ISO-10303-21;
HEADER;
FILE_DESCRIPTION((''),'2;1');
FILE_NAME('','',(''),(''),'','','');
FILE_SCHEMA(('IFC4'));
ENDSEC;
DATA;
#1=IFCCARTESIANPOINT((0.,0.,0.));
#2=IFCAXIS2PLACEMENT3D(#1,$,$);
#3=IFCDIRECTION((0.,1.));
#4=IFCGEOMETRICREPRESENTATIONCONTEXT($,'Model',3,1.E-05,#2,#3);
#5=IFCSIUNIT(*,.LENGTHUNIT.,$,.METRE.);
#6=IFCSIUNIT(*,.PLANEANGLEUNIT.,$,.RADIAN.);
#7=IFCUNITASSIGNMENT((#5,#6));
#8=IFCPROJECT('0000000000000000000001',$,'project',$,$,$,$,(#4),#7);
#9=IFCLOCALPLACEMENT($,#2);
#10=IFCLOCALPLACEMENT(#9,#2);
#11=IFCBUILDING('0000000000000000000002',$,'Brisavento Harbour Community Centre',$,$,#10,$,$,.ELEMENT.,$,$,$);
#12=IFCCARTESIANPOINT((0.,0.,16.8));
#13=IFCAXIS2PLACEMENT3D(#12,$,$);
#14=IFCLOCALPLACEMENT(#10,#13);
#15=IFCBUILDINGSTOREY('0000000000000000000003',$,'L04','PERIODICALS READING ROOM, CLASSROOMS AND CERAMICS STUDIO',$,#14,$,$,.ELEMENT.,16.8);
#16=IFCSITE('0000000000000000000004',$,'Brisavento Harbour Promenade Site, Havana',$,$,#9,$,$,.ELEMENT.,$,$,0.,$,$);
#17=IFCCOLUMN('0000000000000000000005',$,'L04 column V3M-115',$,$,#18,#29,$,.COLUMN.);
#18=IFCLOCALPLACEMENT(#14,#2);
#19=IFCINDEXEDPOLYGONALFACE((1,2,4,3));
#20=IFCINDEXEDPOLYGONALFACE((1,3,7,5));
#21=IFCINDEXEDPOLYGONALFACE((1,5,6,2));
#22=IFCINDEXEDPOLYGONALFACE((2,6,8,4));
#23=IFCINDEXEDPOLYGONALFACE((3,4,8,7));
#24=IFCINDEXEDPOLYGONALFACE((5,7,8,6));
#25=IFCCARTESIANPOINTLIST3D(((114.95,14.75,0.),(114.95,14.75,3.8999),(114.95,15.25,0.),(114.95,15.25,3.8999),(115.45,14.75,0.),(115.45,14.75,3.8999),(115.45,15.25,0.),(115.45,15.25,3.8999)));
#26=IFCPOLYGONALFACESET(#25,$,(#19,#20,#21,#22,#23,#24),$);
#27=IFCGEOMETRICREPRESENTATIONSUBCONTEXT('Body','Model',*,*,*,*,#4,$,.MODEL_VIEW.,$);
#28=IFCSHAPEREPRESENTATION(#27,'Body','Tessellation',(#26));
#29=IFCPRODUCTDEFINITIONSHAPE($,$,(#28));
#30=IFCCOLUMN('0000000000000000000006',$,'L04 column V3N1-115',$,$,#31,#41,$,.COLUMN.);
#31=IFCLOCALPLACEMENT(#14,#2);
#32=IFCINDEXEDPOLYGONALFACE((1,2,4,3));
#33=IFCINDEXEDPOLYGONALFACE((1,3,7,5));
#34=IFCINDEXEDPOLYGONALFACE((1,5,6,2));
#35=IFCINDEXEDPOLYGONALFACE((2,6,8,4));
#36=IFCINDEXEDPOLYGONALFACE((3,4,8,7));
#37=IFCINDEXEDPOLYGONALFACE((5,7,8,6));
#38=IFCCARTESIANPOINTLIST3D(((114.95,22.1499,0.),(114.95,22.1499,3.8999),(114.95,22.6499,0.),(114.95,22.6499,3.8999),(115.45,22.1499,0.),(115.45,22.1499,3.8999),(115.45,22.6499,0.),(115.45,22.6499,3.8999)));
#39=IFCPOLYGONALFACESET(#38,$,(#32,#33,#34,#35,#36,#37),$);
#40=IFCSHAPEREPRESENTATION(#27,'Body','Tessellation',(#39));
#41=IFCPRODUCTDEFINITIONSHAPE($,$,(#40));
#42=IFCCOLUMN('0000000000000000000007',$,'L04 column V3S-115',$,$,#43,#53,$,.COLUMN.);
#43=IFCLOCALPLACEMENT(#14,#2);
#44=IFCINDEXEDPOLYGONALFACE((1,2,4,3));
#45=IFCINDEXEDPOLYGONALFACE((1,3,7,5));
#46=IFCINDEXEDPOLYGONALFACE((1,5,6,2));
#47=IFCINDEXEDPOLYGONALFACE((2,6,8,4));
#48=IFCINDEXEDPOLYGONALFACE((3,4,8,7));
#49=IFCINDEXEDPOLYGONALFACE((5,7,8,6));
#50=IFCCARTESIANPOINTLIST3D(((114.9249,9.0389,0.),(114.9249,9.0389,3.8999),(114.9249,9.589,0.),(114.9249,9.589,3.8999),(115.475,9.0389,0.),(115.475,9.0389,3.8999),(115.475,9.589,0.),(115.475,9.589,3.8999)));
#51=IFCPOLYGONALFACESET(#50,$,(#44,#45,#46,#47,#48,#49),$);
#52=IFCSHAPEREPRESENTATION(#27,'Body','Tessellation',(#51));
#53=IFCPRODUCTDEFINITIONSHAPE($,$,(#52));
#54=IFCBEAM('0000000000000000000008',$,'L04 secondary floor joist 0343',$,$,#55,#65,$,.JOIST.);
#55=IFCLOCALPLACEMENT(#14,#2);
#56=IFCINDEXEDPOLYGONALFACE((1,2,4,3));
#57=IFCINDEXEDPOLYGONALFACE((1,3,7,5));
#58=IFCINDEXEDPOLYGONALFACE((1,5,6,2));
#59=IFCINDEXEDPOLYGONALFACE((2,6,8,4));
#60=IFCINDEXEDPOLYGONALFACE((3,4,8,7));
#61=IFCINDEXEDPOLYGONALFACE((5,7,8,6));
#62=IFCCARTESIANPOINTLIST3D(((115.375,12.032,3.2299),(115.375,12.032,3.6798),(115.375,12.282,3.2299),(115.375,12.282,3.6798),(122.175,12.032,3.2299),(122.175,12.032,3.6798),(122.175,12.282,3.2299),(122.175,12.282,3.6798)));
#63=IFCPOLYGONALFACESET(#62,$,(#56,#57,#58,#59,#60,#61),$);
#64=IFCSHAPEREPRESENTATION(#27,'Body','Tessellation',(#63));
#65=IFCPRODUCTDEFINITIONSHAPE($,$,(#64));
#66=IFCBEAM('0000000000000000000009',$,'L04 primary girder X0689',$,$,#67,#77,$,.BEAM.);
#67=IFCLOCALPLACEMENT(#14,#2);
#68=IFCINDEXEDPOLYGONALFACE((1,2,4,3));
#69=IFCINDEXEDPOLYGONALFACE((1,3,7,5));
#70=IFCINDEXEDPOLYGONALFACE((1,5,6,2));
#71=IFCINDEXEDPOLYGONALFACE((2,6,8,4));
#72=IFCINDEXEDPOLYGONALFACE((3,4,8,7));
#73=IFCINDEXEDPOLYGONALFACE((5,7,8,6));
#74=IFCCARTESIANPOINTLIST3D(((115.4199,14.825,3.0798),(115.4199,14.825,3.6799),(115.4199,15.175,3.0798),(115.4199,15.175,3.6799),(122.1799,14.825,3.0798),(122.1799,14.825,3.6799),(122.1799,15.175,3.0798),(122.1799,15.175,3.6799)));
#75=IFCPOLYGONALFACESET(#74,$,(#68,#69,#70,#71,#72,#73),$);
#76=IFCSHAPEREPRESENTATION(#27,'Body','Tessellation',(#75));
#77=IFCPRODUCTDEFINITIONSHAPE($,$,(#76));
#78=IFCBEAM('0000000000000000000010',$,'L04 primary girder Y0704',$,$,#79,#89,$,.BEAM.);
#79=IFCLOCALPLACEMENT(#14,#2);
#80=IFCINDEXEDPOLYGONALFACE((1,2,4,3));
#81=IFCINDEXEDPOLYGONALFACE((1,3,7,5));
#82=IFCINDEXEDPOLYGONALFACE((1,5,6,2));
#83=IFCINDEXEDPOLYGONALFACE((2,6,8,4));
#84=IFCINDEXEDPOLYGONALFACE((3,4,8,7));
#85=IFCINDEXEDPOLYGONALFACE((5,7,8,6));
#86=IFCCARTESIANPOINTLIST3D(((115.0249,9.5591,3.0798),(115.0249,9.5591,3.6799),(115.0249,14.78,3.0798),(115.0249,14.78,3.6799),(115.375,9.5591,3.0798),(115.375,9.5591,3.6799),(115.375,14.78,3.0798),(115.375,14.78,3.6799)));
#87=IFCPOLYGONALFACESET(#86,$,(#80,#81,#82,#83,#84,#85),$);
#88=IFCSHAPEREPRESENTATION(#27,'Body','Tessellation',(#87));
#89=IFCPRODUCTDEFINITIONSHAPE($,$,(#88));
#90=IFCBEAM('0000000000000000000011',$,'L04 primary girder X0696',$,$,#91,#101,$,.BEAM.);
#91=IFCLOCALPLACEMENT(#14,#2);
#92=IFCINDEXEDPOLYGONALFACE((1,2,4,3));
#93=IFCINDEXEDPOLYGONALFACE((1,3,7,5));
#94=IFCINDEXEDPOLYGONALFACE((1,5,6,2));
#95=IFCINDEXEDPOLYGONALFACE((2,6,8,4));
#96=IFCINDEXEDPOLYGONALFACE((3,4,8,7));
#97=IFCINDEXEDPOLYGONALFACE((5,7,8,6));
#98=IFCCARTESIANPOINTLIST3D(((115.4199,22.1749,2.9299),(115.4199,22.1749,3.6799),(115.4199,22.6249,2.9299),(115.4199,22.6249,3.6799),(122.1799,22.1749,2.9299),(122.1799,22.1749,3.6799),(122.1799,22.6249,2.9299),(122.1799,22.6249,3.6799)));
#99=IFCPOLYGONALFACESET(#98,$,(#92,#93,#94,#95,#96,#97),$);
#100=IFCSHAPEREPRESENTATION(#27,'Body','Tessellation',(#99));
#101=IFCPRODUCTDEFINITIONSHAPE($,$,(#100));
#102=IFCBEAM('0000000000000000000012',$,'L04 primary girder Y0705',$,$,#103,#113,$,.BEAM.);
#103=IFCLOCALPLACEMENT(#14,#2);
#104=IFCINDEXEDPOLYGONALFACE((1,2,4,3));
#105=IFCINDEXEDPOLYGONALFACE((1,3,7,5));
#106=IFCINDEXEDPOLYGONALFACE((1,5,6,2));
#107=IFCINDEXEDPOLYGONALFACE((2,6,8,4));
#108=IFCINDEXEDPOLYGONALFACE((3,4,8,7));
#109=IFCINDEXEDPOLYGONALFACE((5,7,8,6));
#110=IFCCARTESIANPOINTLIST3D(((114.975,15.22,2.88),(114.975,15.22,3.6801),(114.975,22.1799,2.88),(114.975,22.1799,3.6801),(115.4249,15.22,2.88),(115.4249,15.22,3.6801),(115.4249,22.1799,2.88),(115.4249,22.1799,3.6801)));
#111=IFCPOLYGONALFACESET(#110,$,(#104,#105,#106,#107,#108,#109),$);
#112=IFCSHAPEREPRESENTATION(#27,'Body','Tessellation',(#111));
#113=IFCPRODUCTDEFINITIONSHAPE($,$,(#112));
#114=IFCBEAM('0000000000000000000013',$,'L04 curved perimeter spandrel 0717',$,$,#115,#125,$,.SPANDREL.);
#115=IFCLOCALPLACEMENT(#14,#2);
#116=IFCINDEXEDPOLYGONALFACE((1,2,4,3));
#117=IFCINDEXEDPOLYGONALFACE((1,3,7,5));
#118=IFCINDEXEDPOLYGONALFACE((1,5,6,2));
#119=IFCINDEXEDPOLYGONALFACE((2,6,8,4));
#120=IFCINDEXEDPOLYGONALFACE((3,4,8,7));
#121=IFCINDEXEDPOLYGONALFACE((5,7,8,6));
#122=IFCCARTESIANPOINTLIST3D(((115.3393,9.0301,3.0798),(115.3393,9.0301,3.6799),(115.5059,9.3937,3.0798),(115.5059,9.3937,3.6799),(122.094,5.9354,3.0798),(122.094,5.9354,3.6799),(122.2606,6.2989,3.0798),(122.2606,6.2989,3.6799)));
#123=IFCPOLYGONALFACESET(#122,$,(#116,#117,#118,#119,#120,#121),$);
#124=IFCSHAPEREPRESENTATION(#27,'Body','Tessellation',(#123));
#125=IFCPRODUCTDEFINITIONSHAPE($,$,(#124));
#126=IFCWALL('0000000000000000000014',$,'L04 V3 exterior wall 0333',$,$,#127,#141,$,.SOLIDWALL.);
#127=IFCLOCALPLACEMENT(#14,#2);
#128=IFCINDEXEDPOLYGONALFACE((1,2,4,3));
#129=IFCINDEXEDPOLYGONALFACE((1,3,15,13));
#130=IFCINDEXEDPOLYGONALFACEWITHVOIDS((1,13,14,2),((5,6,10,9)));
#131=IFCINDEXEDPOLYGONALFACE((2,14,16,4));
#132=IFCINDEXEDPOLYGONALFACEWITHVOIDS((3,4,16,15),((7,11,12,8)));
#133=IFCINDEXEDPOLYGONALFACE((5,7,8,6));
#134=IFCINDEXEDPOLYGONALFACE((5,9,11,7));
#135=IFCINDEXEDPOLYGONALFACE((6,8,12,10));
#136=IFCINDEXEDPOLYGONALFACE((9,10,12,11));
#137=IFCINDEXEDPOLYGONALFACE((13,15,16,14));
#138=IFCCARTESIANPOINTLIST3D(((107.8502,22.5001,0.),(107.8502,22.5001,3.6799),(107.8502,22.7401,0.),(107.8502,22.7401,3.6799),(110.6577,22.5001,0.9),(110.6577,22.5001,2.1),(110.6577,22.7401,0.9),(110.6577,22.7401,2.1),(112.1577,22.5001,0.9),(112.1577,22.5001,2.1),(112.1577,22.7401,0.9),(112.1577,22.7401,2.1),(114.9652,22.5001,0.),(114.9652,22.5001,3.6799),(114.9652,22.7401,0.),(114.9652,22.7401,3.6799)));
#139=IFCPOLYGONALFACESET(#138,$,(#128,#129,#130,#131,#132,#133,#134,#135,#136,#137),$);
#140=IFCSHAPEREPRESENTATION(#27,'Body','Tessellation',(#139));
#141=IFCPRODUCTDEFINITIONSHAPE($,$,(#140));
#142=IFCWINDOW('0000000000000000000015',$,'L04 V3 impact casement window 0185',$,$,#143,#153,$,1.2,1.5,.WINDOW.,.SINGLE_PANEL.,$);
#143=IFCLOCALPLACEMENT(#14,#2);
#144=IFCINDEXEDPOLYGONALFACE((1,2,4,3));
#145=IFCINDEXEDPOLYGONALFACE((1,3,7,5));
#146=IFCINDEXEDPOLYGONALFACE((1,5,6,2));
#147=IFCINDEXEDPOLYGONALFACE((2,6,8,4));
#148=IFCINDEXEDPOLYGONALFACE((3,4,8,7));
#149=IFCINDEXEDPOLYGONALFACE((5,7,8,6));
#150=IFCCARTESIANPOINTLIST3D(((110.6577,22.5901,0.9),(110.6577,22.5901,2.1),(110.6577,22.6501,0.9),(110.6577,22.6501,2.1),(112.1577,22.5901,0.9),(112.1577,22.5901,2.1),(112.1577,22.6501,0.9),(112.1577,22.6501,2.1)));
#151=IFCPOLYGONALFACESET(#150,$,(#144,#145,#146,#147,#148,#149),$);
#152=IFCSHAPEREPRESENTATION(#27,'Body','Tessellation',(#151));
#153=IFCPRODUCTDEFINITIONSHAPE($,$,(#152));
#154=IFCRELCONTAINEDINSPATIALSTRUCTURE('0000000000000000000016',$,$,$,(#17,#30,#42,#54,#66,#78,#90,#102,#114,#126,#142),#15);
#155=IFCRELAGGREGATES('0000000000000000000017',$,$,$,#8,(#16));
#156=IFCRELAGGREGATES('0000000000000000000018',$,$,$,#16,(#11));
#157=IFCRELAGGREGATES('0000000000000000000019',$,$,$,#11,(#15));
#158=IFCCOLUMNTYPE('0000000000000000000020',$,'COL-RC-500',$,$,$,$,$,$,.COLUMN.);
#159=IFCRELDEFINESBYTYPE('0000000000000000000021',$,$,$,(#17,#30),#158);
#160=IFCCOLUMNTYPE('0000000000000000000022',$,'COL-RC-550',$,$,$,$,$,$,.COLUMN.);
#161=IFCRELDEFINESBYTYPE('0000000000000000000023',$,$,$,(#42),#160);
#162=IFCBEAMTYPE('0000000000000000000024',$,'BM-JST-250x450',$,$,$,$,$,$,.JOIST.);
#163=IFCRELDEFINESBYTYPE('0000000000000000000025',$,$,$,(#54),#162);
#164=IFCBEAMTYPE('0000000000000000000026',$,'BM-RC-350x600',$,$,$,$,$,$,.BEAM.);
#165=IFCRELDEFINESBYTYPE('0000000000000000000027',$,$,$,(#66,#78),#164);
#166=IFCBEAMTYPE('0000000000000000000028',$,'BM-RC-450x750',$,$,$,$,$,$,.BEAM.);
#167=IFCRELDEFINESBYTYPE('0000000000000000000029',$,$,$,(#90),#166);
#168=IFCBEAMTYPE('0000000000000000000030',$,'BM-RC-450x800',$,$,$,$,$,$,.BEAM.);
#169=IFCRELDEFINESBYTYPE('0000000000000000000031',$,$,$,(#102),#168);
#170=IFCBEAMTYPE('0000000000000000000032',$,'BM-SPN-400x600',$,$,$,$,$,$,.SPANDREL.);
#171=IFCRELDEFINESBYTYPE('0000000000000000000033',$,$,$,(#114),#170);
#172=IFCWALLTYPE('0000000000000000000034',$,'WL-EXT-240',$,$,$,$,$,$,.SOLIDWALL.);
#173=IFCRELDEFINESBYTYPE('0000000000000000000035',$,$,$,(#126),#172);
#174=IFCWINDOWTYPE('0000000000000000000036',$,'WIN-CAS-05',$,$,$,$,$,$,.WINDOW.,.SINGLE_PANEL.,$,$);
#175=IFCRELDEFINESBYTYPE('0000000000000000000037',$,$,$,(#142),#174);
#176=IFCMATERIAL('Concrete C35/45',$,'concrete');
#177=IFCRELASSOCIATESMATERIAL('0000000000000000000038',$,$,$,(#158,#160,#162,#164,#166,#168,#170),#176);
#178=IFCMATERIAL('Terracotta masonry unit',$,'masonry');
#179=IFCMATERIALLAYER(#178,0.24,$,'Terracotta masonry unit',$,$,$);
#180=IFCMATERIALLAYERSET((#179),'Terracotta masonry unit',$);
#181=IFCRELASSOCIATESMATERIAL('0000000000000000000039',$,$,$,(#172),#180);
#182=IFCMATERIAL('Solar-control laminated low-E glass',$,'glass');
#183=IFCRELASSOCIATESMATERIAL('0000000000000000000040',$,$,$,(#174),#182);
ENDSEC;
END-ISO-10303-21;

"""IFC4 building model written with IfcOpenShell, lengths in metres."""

from ifc_helpers import new_model, si_unit, direction, frame, frame_2d, origin, origin_2d, place, context, subcontext, project, spatial, rectangle, extrude, material, layer, layer_set, material_profile, profile_set, type_object, element, fill, save


model = new_model("IFC4")

# Units and contexts
model_context = context("Model", 3, precision=1e-05, world=origin(), true_north=direction((0.0, 1.0)))
body_context = subcontext(model_context, "Body", "Model", "MODEL_VIEW")
ifc_project = project(units=[si_unit("LENGTHUNIT", "METRE"), si_unit("PLANEANGLEUNIT", "RADIAN")], contexts=[model_context])

# Site, building, storey
site_placement = place(None, origin())
site = spatial("IfcSite", under=ifc_project, at=site_placement, Name="Brisavento Harbour Promenade Site, Havana", CompositionType="ELEMENT", RefElevation=0.0)
building_placement = place(site_placement, origin())
building = spatial("IfcBuilding", under=site, at=building_placement, Name="Brisavento Harbour Community Centre", CompositionType="ELEMENT")
storey_placement = place(building_placement, frame((0.0, 0.0, 16.8)))
storey = spatial("IfcBuildingStorey", under=building, at=storey_placement, Name="L04", Description="PERIODICALS READING ROOM, CLASSROOMS AND CERAMICS STUDIO", CompositionType="ELEMENT", Elevation=16.8)

# Columns
ifc_material_1 = material(Name="Concrete C35/45", Category="concrete")
ifc_material_profile_1 = material_profile(ifc_material_1, rectangle(XDim=0.5, YDim=0.5, at=origin_2d()), Name="Concrete C35/45")
ifc_profile_set_1 = profile_set([ifc_material_profile_1], Name="Concrete C35/45")
column_type_1 = type_object("IfcColumnType", Name="COL-RC-500", PredefinedType="COLUMN", material=ifc_profile_set_1)
for number, where, z_axis, x_axis, name in (
    (1, (115.2, 15.0, 0.0), (0.0, 0.0, 1.0), (1.0, 0.0, 0.0), "L04 column V3M-115"),
    (2, (115.2, 22.3999, 0.0), (0.0, 0.0, 1.0), (1.0, 0.0, 0.0), "L04 column V3N1-115"),
):
    element("IfcColumn", number, at=place(storey_placement, frame(where, z_axis=z_axis, x_axis=x_axis)), inside=storey, type_object=column_type_1, Name=name, PredefinedType="COLUMN", context=body_context, shape_type="SweptSolid", body=[
        extrude(rectangle(XDim=0.5, YDim=0.5, at=origin_2d()), origin(), (0.0, 0.0, 1.0), 3.8999),
    ])
ifc_material_profile_2 = material_profile(ifc_material_1, rectangle(XDim=0.55, YDim=0.55, at=origin_2d()), Name="Concrete C35/45")
ifc_profile_set_2 = profile_set([ifc_material_profile_2], Name="Concrete C35/45")
column_type_2 = type_object("IfcColumnType", Name="COL-RC-550", PredefinedType="COLUMN", material=ifc_profile_set_2)
column_placement = place(storey_placement, frame((115.2, 9.314, 0.0), z_axis=(0.0, 0.0, 1.0), x_axis=(1.0, 0.0, 0.0)))
element("IfcColumn", 3, at=column_placement, inside=storey, type_object=column_type_2, Name="L04 column V3S-115", PredefinedType="COLUMN", context=body_context, shape_type="SweptSolid", body=[
    extrude(rectangle(XDim=0.55, YDim=0.55, at=origin_2d()), origin(), (0.0, 0.0, 1.0), 3.8999),
])

# Beams
ifc_material_profile_3 = material_profile(ifc_material_1, rectangle(XDim=0.25, YDim=0.45, at=origin_2d()), Name="Concrete C35/45")
ifc_profile_set_3 = profile_set([ifc_material_profile_3], Name="Concrete C35/45")
beam_type_1 = type_object("IfcBeamType", Name="BM-JST-250x450", PredefinedType="JOIST", material=ifc_profile_set_3)
beam_1_placement = place(storey_placement, frame((115.375, 12.157, 3.4548), z_axis=(1.0, 0.0, 0.0), x_axis=(0.0, 1.0, 0.0)))
element("IfcBeam", 4, at=beam_1_placement, inside=storey, type_object=beam_type_1, Name="L04 secondary floor joist 0343", PredefinedType="JOIST", context=body_context, shape_type="SweptSolid", body=[
    extrude(rectangle(XDim=0.25, YDim=0.45, at=origin_2d()), origin(), (0.0, 0.0, 1.0), 6.8),
])
ifc_material_profile_4 = material_profile(ifc_material_1, rectangle(XDim=0.3501, YDim=0.6001, at=origin_2d()), Name="Concrete C35/45")
ifc_profile_set_4 = profile_set([ifc_material_profile_4], Name="Concrete C35/45")
beam_type_2 = type_object("IfcBeamType", Name="BM-RC-350x600", PredefinedType="BEAM", material=ifc_profile_set_4)
beam_2_placement = place(storey_placement, frame((115.4199, 15.0, 3.3799), z_axis=(1.0, 0.0, 0.0), x_axis=(0.0, 1.0, 0.0)))
element("IfcBeam", 5, at=beam_2_placement, inside=storey, type_object=beam_type_2, Name="L04 primary girder X0689", PredefinedType="BEAM", context=body_context, shape_type="SweptSolid", body=[
    extrude(rectangle(XDim=0.3501, YDim=0.6001, at=origin_2d()), origin(), (0.0, 0.0, 1.0), 6.76),
])
beam_3_placement = place(storey_placement, frame((115.2, 9.5591, 3.3799), z_axis=(0.0, 1.0, 0.0), x_axis=(-1.0, 0.0, 0.0)))
element("IfcBeam", 6, at=beam_3_placement, inside=storey, type_object=beam_type_2, Name="L04 primary girder Y0704", PredefinedType="BEAM", context=body_context, shape_type="SweptSolid", body=[
    extrude(rectangle(XDim=0.3501, YDim=0.6001, at=origin_2d()), origin(), (0.0, 0.0, 1.0), 5.2209),
])
ifc_material_profile_5 = material_profile(ifc_material_1, rectangle(XDim=0.45, YDim=0.75, at=origin_2d()), Name="Concrete C35/45")
ifc_profile_set_5 = profile_set([ifc_material_profile_5], Name="Concrete C35/45")
beam_type_3 = type_object("IfcBeamType", Name="BM-RC-450x750", PredefinedType="BEAM", material=ifc_profile_set_5)
beam_4_placement = place(storey_placement, frame((115.4199, 22.3999, 3.3049), z_axis=(1.0, 0.0, 0.0), x_axis=(0.0, 1.0, 0.0)))
element("IfcBeam", 7, at=beam_4_placement, inside=storey, type_object=beam_type_3, Name="L04 primary girder X0696", PredefinedType="BEAM", context=body_context, shape_type="SweptSolid", body=[
    extrude(rectangle(XDim=0.45, YDim=0.75, at=origin_2d()), origin(), (0.0, 0.0, 1.0), 6.76),
])
ifc_material_profile_6 = material_profile(ifc_material_1, rectangle(XDim=0.45, YDim=0.8, at=origin_2d()), Name="Concrete C35/45")
ifc_profile_set_6 = profile_set([ifc_material_profile_6], Name="Concrete C35/45")
beam_type_4 = type_object("IfcBeamType", Name="BM-RC-450x800", PredefinedType="BEAM", material=ifc_profile_set_6)
beam_5_placement = place(storey_placement, frame((115.2, 15.22, 3.28), z_axis=(0.0, 1.0, 0.0), x_axis=(-1.0, 0.0, 0.0)))
element("IfcBeam", 8, at=beam_5_placement, inside=storey, type_object=beam_type_4, Name="L04 primary girder Y0705", PredefinedType="BEAM", context=body_context, shape_type="SweptSolid", body=[
    extrude(rectangle(XDim=0.45, YDim=0.8, at=origin_2d()), origin(), (0.0, 0.0, 1.0), 6.96),
])
ifc_material_profile_7 = material_profile(ifc_material_1, rectangle(XDim=0.3999, YDim=0.6001, at=origin_2d()), Name="Concrete C35/45")
ifc_profile_set_7 = profile_set([ifc_material_profile_7], Name="Concrete C35/45")
beam_type_5 = type_object("IfcBeamType", Name="BM-SPN-400x600", PredefinedType="SPANDREL", material=ifc_profile_set_7)
beam_6_placement = place(storey_placement, frame((115.4226, 9.2119, 3.3799), z_axis=(0.909123, -0.416527, 0.0), x_axis=(0.416527, 0.909123, 0.0)))
element("IfcBeam", 9, at=beam_6_placement, inside=storey, type_object=beam_type_5, Name="L04 curved perimeter spandrel 0717", PredefinedType="SPANDREL", context=body_context, shape_type="SweptSolid", body=[
    extrude(rectangle(XDim=0.3999, YDim=0.6001, at=origin_2d()), origin(), (0.0, 0.0, 1.0), 7.4299),
])

# Wall, opening, window
ifc_material_2 = material(Name="Terracotta masonry unit", Category="masonry")
ifc_layer_1 = layer(ifc_material_2, 0.24, Name="Terracotta masonry unit")
ifc_layer_set_1 = layer_set([ifc_layer_1], Name="Terracotta masonry unit")
wall_type_1 = type_object("IfcWallType", Name="WL-EXT-240", PredefinedType="SOLIDWALL", material=ifc_layer_set_1)
wall_1_placement = place(storey_placement, frame((107.8501, 22.6201, 0.0), z_axis=(0.0, 0.0, 1.0), x_axis=(1.0, 0.0, 0.0)))
wall_1 = element("IfcWall", 10, at=wall_1_placement, inside=storey, type_object=wall_type_1, Name="L04 V3 exterior wall 0333", PredefinedType="SOLIDWALL", context=body_context, shape_type="SweptSolid", body=[
    extrude(rectangle(XDim=7.115, YDim=0.24, at=frame_2d((3.5576, 0.0))), origin(), (0.0, 0.0, 1.0), 3.6799),
])
opening_1_placement = place(wall_1_placement, frame((2.8076, 0.0, 0.8999)))
opening_1 = element("IfcOpeningElement", 11, at=opening_1_placement, cuts=wall_1, PredefinedType="OPENING", context=body_context, shape_type="SweptSolid", body=[
    extrude(rectangle(XDim=1.5, YDim=1.2, at=frame_2d((0.75, 0.6001))), frame((0.0, 0.1299, 0.0), z_axis=(0.0, -1.0, 0.0), x_axis=(1.0, 0.0, 0.0)), (0.0, 0.0, 1.0), 0.26),
])
ifc_material_3 = material(Name="Solar-control laminated low-E glass", Category="glass")
window_type_1 = type_object("IfcWindowType", Name="WIN-CAS-05", PartitioningType="SINGLE_PANEL", PredefinedType="WINDOW", material=ifc_material_3)
window_1_placement = place(opening_1_placement, origin())
window_1 = element("IfcWindow", 12, at=window_1_placement, inside=storey, type_object=window_type_1, Name="L04 V3 impact casement window 0185", OverallHeight=1.2, OverallWidth=1.5, PartitioningType="SINGLE_PANEL", PredefinedType="WINDOW", context=body_context, shape_type="SweptSolid", body=[
    extrude(rectangle(XDim=1.5, YDim=1.2, at=frame_2d((0.75, 0.6001))), frame((0.0, 0.03, 0.0), z_axis=(0.0, -1.0, 0.0), x_axis=(1.0, 0.0, 0.0)), (0.0, 0.0, 1.0), 0.0601),
])
fill(opening_1, window_1)

save(model, "model.ifc")
